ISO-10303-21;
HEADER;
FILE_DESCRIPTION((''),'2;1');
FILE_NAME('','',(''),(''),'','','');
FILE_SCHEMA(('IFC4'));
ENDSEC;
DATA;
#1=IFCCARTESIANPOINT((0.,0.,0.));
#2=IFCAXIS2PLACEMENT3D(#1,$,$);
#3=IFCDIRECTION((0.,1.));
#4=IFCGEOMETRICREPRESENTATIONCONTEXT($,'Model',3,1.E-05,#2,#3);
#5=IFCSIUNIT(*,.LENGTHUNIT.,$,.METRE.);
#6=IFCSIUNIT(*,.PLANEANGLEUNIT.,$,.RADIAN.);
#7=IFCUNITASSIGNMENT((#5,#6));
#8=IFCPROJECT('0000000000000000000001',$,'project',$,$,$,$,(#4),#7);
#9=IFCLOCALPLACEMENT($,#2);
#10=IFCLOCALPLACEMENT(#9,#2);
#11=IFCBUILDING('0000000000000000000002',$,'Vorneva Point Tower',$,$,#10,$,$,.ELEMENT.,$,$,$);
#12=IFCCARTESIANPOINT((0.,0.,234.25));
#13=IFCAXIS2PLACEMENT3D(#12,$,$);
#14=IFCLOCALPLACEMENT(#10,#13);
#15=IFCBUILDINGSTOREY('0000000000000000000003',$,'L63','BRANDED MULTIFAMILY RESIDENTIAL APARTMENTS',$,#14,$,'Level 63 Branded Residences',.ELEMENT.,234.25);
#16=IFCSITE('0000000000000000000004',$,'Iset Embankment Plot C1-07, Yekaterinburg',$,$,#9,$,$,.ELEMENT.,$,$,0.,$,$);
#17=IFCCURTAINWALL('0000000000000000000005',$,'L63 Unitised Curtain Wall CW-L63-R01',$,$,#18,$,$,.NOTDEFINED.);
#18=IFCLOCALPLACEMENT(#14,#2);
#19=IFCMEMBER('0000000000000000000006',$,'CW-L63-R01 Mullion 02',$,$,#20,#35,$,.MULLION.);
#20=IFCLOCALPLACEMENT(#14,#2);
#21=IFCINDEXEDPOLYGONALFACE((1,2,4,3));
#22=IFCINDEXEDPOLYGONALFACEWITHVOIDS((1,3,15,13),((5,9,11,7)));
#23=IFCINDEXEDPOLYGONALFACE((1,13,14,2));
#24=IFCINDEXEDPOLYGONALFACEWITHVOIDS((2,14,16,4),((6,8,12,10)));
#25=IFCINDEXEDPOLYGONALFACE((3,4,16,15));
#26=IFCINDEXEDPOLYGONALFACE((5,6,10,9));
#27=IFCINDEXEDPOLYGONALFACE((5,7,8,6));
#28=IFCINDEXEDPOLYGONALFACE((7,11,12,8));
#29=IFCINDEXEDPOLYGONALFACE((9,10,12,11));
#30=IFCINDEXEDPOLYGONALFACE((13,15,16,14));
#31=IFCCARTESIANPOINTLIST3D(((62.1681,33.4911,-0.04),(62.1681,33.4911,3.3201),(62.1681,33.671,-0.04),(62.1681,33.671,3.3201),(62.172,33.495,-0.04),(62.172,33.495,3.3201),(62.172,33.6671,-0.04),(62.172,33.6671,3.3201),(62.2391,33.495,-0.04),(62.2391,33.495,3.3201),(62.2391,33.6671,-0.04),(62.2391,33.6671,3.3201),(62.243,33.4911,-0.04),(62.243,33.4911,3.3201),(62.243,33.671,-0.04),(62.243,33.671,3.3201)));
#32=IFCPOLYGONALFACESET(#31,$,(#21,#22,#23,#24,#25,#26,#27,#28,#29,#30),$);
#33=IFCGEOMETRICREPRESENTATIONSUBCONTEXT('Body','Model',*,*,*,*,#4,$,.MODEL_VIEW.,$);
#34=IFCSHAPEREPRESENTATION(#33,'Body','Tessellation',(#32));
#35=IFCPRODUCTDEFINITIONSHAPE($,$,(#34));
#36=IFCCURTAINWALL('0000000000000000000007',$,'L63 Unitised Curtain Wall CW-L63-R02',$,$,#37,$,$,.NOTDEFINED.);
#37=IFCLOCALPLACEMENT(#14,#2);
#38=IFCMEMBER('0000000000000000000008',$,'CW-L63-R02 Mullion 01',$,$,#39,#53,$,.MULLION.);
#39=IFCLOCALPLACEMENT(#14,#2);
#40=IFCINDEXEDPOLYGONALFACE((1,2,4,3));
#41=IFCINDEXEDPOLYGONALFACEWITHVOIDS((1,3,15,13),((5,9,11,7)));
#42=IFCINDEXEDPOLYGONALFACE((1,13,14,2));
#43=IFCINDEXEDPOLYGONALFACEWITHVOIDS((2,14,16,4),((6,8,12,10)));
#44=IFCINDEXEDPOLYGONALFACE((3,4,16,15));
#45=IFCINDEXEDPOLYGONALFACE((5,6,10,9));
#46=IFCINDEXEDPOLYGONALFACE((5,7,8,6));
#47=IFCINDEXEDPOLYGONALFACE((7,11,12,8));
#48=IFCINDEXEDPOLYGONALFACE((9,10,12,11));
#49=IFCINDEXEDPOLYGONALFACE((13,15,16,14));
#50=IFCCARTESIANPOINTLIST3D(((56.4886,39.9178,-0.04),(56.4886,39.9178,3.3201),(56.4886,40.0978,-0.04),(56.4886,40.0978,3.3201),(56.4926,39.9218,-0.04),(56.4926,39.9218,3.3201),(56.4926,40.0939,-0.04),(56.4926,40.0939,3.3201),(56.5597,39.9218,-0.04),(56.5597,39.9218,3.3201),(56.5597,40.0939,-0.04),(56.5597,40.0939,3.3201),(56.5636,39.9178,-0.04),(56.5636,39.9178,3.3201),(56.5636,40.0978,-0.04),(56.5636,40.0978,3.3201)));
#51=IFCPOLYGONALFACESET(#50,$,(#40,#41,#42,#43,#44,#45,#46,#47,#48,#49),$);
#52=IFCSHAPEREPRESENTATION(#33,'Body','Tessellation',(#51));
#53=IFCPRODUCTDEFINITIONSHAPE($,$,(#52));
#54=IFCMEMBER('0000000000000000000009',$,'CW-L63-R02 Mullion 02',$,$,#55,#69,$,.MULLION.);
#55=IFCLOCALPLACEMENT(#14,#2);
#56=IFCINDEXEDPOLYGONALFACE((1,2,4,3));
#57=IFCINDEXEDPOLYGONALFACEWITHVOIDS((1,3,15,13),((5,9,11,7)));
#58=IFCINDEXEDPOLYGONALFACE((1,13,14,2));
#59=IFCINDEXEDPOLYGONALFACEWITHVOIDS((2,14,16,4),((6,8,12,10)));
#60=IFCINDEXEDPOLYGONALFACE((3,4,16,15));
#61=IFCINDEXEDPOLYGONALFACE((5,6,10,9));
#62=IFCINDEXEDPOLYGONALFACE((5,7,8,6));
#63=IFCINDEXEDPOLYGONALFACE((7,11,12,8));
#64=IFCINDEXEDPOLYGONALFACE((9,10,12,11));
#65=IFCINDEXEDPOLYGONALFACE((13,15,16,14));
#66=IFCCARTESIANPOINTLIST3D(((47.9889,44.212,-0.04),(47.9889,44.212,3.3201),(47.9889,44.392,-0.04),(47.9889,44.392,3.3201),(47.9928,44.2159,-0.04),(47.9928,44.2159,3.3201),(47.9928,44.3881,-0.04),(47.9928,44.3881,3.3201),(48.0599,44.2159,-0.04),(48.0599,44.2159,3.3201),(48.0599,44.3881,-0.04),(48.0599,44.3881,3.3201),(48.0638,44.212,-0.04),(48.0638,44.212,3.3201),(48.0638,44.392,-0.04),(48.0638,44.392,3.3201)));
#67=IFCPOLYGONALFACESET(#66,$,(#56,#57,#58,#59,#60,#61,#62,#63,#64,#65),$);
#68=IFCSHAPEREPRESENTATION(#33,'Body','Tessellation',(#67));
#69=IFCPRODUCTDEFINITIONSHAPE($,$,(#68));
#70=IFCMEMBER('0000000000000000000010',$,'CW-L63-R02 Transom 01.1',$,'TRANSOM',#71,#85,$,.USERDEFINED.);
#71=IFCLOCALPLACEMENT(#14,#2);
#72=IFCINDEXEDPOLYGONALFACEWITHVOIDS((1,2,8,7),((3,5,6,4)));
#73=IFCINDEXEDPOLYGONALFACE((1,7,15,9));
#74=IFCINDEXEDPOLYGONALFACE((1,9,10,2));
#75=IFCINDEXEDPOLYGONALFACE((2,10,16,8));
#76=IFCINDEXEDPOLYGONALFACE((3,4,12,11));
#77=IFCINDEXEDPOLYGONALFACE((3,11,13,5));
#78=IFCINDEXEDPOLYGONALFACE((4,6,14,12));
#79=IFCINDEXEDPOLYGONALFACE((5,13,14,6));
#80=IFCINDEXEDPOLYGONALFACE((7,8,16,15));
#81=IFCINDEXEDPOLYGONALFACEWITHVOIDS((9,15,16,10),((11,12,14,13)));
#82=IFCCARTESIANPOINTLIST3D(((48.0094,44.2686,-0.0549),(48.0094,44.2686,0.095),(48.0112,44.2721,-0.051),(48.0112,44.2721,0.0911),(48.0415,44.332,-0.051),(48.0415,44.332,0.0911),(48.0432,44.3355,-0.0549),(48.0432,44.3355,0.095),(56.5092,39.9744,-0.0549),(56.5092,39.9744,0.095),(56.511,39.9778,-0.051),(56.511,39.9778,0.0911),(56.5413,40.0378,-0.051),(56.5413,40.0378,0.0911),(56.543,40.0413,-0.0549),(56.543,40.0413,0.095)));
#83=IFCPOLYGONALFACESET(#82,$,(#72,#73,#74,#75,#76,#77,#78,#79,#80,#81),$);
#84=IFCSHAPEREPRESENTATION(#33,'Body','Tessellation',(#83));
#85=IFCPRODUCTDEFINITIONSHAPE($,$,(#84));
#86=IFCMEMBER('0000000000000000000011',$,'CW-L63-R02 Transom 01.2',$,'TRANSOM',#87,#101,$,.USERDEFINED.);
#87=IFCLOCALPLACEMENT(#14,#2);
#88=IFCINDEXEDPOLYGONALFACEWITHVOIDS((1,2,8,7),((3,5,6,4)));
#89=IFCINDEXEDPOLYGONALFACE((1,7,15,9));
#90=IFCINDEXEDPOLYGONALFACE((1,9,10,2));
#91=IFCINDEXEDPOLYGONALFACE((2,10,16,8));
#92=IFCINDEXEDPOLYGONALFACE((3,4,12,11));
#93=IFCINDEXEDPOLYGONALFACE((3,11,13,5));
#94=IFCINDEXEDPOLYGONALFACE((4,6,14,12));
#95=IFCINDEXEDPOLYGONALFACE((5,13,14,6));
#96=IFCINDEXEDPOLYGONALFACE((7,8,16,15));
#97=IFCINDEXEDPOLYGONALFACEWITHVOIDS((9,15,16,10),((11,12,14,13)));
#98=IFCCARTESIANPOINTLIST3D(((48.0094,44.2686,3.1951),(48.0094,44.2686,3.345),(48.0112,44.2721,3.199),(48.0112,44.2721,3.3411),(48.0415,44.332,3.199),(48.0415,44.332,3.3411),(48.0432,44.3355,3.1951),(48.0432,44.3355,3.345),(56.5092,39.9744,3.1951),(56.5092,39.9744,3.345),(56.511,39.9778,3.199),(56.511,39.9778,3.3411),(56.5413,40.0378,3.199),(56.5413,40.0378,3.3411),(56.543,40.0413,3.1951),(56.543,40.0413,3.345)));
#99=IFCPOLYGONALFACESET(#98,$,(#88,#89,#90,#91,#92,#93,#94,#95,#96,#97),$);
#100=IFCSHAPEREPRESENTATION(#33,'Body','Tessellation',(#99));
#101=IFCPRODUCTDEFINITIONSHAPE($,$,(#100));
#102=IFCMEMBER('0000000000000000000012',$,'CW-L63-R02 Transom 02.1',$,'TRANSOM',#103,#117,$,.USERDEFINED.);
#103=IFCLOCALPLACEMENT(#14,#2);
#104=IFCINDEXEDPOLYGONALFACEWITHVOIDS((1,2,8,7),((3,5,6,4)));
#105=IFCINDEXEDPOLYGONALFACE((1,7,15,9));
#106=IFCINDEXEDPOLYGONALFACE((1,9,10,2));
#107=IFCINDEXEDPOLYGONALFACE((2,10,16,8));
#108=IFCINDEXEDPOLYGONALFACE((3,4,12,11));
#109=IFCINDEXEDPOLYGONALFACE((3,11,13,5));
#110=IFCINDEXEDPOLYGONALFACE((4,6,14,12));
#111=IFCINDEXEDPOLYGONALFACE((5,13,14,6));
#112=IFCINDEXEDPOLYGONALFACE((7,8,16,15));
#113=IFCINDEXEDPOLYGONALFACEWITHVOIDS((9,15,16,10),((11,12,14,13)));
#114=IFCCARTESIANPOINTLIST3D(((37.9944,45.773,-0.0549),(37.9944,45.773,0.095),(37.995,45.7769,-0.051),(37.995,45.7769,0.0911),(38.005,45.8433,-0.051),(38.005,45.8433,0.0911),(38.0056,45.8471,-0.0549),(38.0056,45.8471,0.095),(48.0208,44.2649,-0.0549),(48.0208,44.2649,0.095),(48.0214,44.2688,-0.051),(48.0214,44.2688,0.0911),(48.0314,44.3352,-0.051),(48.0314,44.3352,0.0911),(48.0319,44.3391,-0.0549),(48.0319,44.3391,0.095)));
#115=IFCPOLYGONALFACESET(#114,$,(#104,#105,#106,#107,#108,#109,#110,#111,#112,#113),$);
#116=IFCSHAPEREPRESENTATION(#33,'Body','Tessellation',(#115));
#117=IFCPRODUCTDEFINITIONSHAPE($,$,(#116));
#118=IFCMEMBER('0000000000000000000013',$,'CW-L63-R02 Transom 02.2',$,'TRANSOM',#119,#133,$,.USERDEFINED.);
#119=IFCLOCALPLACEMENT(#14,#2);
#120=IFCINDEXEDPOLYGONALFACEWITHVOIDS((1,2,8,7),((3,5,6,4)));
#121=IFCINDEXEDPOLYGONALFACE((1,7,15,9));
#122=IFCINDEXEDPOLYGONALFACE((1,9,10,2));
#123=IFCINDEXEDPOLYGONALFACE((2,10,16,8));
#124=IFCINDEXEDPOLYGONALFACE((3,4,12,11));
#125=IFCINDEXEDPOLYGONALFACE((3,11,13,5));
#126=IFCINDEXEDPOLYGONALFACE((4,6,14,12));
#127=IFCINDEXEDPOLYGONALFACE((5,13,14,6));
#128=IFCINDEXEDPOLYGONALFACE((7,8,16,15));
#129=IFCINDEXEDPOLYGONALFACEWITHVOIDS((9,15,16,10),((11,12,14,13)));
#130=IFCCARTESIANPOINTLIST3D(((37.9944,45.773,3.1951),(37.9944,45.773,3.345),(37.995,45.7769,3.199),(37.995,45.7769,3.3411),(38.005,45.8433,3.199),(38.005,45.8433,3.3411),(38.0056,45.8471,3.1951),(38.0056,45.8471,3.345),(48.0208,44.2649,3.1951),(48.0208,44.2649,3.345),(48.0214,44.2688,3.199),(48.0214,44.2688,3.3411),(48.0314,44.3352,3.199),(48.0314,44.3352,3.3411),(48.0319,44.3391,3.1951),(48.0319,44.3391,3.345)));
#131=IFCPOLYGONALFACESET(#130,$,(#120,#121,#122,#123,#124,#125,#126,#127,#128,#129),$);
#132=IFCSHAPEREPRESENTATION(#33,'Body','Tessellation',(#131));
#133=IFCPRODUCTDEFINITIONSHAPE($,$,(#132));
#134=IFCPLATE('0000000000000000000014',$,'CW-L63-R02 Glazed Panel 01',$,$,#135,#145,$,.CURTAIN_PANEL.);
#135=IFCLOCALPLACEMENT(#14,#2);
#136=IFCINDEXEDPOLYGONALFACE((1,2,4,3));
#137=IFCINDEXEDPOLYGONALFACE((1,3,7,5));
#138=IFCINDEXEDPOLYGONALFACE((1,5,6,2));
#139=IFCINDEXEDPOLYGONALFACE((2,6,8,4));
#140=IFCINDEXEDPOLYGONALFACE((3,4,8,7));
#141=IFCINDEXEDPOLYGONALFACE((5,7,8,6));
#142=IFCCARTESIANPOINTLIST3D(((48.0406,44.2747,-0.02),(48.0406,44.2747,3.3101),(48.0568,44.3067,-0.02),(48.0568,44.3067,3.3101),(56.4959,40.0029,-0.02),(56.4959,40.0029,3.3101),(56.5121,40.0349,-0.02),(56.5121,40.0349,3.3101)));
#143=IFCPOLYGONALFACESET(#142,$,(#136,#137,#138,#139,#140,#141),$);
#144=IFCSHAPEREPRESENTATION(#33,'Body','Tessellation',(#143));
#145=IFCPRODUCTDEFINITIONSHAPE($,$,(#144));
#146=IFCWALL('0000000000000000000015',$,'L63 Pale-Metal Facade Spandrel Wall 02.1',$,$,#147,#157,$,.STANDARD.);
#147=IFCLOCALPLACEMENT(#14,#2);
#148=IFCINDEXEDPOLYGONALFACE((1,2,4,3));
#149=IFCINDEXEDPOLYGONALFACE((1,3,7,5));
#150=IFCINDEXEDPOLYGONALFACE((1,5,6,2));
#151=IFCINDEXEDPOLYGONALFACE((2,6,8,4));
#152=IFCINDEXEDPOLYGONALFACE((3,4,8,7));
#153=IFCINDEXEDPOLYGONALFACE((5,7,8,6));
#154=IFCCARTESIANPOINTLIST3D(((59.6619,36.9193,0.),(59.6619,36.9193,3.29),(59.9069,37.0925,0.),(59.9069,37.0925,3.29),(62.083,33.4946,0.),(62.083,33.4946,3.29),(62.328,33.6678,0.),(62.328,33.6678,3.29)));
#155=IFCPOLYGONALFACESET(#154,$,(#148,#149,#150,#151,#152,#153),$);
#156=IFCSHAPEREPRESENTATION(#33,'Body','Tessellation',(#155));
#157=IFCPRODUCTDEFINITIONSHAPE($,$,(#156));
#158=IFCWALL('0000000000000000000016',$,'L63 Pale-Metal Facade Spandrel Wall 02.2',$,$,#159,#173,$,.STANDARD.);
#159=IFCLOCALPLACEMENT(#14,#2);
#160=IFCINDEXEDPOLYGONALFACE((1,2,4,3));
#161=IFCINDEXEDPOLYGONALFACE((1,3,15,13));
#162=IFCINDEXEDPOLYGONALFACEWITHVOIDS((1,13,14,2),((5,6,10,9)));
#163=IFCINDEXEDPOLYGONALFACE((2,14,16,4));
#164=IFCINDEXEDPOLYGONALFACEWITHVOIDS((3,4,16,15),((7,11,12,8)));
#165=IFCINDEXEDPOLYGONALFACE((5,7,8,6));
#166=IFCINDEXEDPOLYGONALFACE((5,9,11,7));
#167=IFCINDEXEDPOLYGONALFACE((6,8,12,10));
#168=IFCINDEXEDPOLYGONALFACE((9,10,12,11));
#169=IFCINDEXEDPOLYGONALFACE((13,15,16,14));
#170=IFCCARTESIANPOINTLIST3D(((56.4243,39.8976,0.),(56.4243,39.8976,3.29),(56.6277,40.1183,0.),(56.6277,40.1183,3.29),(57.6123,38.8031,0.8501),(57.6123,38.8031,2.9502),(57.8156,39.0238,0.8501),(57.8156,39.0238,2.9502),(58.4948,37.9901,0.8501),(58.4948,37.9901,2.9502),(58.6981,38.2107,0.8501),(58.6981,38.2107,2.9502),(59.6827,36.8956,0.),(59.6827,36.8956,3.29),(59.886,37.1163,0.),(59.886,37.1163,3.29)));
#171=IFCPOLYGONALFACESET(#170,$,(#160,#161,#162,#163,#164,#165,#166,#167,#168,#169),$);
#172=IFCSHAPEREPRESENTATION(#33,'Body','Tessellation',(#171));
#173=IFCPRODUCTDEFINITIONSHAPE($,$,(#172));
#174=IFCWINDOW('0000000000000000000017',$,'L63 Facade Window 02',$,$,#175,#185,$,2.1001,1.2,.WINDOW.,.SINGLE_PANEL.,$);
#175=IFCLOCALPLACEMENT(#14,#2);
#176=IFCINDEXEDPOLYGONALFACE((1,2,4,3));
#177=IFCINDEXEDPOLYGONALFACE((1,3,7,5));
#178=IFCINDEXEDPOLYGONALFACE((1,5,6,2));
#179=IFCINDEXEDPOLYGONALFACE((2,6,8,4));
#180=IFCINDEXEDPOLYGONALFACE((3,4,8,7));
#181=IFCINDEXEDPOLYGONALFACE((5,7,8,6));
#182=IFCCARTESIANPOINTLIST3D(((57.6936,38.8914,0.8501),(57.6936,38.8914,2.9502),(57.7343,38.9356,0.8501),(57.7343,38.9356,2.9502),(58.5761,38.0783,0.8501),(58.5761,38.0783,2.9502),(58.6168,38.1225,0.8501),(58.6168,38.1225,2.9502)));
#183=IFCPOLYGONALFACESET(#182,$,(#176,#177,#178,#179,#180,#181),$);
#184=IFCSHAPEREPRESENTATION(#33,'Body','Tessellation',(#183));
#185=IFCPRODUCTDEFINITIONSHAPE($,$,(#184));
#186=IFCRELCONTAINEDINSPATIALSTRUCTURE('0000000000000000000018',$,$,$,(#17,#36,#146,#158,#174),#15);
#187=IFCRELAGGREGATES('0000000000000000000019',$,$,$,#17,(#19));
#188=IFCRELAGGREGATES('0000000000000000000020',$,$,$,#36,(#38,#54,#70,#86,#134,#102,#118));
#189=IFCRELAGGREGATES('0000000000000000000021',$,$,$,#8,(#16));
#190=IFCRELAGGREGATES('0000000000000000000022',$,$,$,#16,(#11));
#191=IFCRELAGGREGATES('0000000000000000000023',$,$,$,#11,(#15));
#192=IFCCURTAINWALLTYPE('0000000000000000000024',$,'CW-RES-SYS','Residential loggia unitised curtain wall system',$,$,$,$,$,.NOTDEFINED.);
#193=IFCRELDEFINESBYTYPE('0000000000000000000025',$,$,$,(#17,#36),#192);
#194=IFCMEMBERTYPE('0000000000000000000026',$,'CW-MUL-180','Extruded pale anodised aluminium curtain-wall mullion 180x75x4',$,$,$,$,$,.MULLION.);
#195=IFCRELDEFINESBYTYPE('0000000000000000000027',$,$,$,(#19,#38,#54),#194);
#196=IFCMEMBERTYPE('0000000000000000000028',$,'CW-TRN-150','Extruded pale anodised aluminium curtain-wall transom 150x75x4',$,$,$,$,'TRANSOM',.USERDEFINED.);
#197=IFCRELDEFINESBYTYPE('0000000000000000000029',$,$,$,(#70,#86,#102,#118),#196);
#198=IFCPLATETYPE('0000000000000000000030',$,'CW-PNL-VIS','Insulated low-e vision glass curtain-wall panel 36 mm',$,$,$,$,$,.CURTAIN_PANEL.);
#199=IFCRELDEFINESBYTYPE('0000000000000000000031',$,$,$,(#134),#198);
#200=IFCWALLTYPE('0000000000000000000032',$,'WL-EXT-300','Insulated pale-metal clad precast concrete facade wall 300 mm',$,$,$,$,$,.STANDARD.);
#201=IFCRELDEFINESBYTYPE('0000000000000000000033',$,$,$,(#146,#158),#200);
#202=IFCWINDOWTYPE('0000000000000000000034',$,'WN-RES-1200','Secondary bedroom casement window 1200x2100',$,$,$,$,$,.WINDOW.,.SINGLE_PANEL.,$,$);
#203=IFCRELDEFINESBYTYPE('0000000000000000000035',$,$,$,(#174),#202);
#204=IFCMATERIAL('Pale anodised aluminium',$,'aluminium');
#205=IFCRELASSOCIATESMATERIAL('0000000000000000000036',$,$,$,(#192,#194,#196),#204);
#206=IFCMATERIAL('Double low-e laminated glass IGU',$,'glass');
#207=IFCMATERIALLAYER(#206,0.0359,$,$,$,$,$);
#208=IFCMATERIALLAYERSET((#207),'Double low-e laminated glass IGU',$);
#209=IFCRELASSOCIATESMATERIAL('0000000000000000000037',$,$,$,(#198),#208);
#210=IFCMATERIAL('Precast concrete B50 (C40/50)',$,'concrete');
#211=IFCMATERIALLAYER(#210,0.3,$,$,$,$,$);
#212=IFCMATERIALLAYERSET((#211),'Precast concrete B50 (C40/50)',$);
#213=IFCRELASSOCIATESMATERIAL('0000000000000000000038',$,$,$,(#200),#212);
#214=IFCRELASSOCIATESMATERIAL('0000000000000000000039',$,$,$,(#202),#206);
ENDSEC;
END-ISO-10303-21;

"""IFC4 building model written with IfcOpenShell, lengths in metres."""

from ifc_helpers import new_model, si_unit, direction, frame, frame_2d, origin, origin_2d, place, context, subcontext, project, spatial, rectangle, hollow_rectangle, extrude, material, layer, layer_set, material_profile, profile_set, type_object, element, fill, aggregate, save


model = new_model("IFC4")

# Units and contexts
model_context = context("Model", 3, precision=1e-05, world=origin(), true_north=direction((0.0, 1.0)))
body_context = subcontext(model_context, "Body", "Model", "MODEL_VIEW")
ifc_project = project(units=[si_unit("LENGTHUNIT", "METRE"), si_unit("PLANEANGLEUNIT", "RADIAN")], contexts=[model_context])

# Site, building, storey
site_placement = place(None, origin())
site = spatial("IfcSite", under=ifc_project, at=site_placement, Name="Iset Embankment Plot C1-07, Yekaterinburg", CompositionType="ELEMENT", RefElevation=0.0)
building_placement = place(site_placement, origin())
building = spatial("IfcBuilding", under=site, at=building_placement, Name="Vorneva Point Tower", CompositionType="ELEMENT")
storey_placement = place(building_placement, frame((0.0, 0.0, 234.25)))
storey = spatial("IfcBuildingStorey", under=building, at=storey_placement, Name="L63", Description="BRANDED MULTIFAMILY RESIDENTIAL APARTMENTS", LongName="Level 63 Branded Residences", CompositionType="ELEMENT", Elevation=234.25)

# Curtain wall, member
ifc_material_1 = material(Name="Pale anodised aluminium", Category="aluminium")
curtain_wall_type = type_object("IfcCurtainWallType", Name="CW-RES-SYS", Description="Residential loggia unitised curtain wall system", PredefinedType="NOTDEFINED", material=ifc_material_1)
curtain_wall_1_placement = place(storey_placement, origin())
curtain_wall_1 = element("IfcCurtainWall", 1, at=curtain_wall_1_placement, inside=storey, type_object=curtain_wall_type, Name="L63 Unitised Curtain Wall CW-L63-R01", PredefinedType="NOTDEFINED")
ifc_material_profile_1 = material_profile(ifc_material_1, hollow_rectangle(XDim=0.075, YDim=0.1799, WallThickness=0.0039, at=origin_2d()), Name="AL-MUL 180x75x4")
ifc_profile_set_1 = profile_set([ifc_material_profile_1], Name="Pale anodised aluminium")
member_type_1 = type_object("IfcMemberType", Name="CW-MUL-180", Description="Extruded pale anodised aluminium curtain-wall mullion 180x75x4", PredefinedType="MULLION", material=ifc_profile_set_1)
member_1_placement = place(storey_placement, frame((62.2056, 33.5811, -0.04), z_axis=(0.0, 0.0, 1.0), x_axis=(1.0, 0.0, 0.0)))
member_1 = element("IfcMember", 2, at=member_1_placement, type_object=member_type_1, Name="CW-L63-R01 Mullion 02", PredefinedType="MULLION", context=body_context, shape_type="SweptSolid", body=[
    extrude(hollow_rectangle(XDim=0.075, YDim=0.1799, WallThickness=0.0039, at=origin_2d()), origin(), (0.0, 0.0, 1.0), 3.3601),
])
aggregate(curtain_wall_1, [member_1])

# Curtain wall, members, plate
curtain_wall_2_placement = place(storey_placement, origin())
curtain_wall_2 = element("IfcCurtainWall", 3, at=curtain_wall_2_placement, inside=storey, type_object=curtain_wall_type, Name="L63 Unitised Curtain Wall CW-L63-R02", PredefinedType="NOTDEFINED")
member_2_placement = place(storey_placement, frame((56.5261, 40.0078, -0.04), z_axis=(0.0, 0.0, 1.0), x_axis=(1.0, 0.0, 0.0)))
member_2 = element("IfcMember", 4, at=member_2_placement, type_object=member_type_1, Name="CW-L63-R02 Mullion 01", PredefinedType="MULLION", context=body_context, shape_type="SweptSolid", body=[
    extrude(hollow_rectangle(XDim=0.075, YDim=0.1799, WallThickness=0.0039, at=origin_2d()), origin(), (0.0, 0.0, 1.0), 3.3601),
])
member_3_placement = place(storey_placement, frame((48.0264, 44.302, -0.04), z_axis=(0.0, 0.0, 1.0), x_axis=(1.0, 0.0, 0.0)))
member_3 = element("IfcMember", 5, at=member_3_placement, type_object=member_type_1, Name="CW-L63-R02 Mullion 02", PredefinedType="MULLION", context=body_context, shape_type="SweptSolid", body=[
    extrude(hollow_rectangle(XDim=0.075, YDim=0.1799, WallThickness=0.0039, at=origin_2d()), origin(), (0.0, 0.0, 1.0), 3.3601),
])
ifc_material_profile_2 = material_profile(ifc_material_1, hollow_rectangle(XDim=0.075, YDim=0.1499, WallThickness=0.0039, at=origin_2d()), Name="AL-TRN 150x75x4")
ifc_profile_set_2 = profile_set([ifc_material_profile_2], Name="Pale anodised aluminium")
member_type_2 = type_object("IfcMemberType", Name="CW-TRN-150", Description="Extruded pale anodised aluminium curtain-wall transom 150x75x4", ElementType="TRANSOM", PredefinedType="USERDEFINED", material=ifc_profile_set_2)
member_4_placement = place(storey_placement, frame((56.5261, 40.0078, 0.02), z_axis=(-0.892558, 0.450932, 0.0), x_axis=(-0.450932, -0.892558, 0.0)))
member_4 = element("IfcMember", 6, at=member_4_placement, type_object=member_type_2, Name="CW-L63-R02 Transom 01.1", ObjectType="TRANSOM", PredefinedType="USERDEFINED", context=body_context, shape_type="SweptSolid", body=[
    extrude(hollow_rectangle(XDim=0.075, YDim=0.1499, WallThickness=0.0039, at=origin_2d()), origin(), (0.0, 0.0, 1.0), 9.5229),
])
member_5_placement = place(storey_placement, frame((56.5261, 40.0078, 3.27), z_axis=(-0.892558, 0.450932, 0.0), x_axis=(-0.450932, -0.892558, 0.0)))
member_5 = element("IfcMember", 7, at=member_5_placement, type_object=member_type_2, Name="CW-L63-R02 Transom 01.2", ObjectType="TRANSOM", PredefinedType="USERDEFINED", context=body_context, shape_type="SweptSolid", body=[
    extrude(hollow_rectangle(XDim=0.075, YDim=0.1499, WallThickness=0.0039, at=origin_2d()), origin(), (0.0, 0.0, 1.0), 9.5229),
])
member_6_placement = place(storey_placement, frame((48.0264, 44.302, 0.02), z_axis=(-0.988877, 0.148736, 0.0), x_axis=(-0.148736, -0.988877, 0.0)))
member_6 = element("IfcMember", 8, at=member_6_placement, type_object=member_type_2, Name="CW-L63-R02 Transom 02.1", ObjectType="TRANSOM", PredefinedType="USERDEFINED", context=body_context, shape_type="SweptSolid", body=[
    extrude(hollow_rectangle(XDim=0.075, YDim=0.1499, WallThickness=0.0039, at=origin_2d()), origin(), (0.0, 0.0, 1.0), 10.1392),
])
member_7_placement = place(storey_placement, frame((48.0264, 44.302, 3.27), z_axis=(-0.988877, 0.148736, 0.0), x_axis=(-0.148736, -0.988877, 0.0)))
member_7 = element("IfcMember", 9, at=member_7_placement, type_object=member_type_2, Name="CW-L63-R02 Transom 02.2", ObjectType="TRANSOM", PredefinedType="USERDEFINED", context=body_context, shape_type="SweptSolid", body=[
    extrude(hollow_rectangle(XDim=0.075, YDim=0.1499, WallThickness=0.0039, at=origin_2d()), origin(), (0.0, 0.0, 1.0), 10.1392),
])
ifc_material_2 = material(Name="Double low-e laminated glass IGU", Category="glass")
ifc_layer_1 = layer(ifc_material_2, 0.0359)
ifc_layer_set_1 = layer_set([ifc_layer_1], Name="Double low-e laminated glass IGU")
plate_type = type_object("IfcPlateType", Name="CW-PNL-VIS", Description="Insulated low-e vision glass curtain-wall panel 36 mm", PredefinedType="CURTAIN_PANEL", material=ifc_layer_set_1)
plate_placement = place(storey_placement, frame((52.2764, 42.1548, -0.02), z_axis=(0.0, 0.0, 1.0), x_axis=(-0.892554, 0.45094, 0.0)))
plate = element("IfcPlate", 10, at=plate_placement, type_object=plate_type, Name="CW-L63-R02 Glazed Panel 01", PredefinedType="CURTAIN_PANEL", context=body_context, shape_type="SweptSolid", body=[
    extrude(rectangle(XDim=9.4731, YDim=0.0359, at=origin_2d()), origin(), (0.0, 0.0, 1.0), 3.3301),
])
aggregate(curtain_wall_2, [member_2, member_3, member_4, member_5, plate, member_6, member_7])

# Wall
ifc_material_3 = material(Name="Precast concrete B50 (C40/50)", Category="concrete")
ifc_layer_2 = layer(ifc_material_3, 0.3)
ifc_layer_set_2 = layer_set([ifc_layer_2], Name="Precast concrete B50 (C40/50)")
wall_type_1 = type_object("IfcWallType", Name="WL-EXT-300", Description="Insulated pale-metal clad precast concrete facade wall 300 mm", PredefinedType="STANDARD", material=ifc_layer_set_2)
wall_1_placement = place(storey_placement, frame((62.2056, 33.5811, 0.0), z_axis=(0.0, 0.0, 1.0), x_axis=(-0.577261, 0.81656, 0.0)))
element("IfcWall", 11, at=wall_1_placement, inside=storey, type_object=wall_type_1, Name="L63 Pale-Metal Facade Spandrel Wall 02.1", PredefinedType="STANDARD", context=body_context, shape_type="SweptSolid", body=[
    extrude(rectangle(XDim=4.1941, YDim=0.3, at=frame_2d((2.0972, 0.0))), origin(), (0.0, 0.0, 1.0), 3.29),
])

# Wall, opening, window
wall_2_placement = place(storey_placement, frame((59.7844, 37.0059, 0.0), z_axis=(0.0, 0.0, 1.0), x_axis=(-0.735445, 0.677584, 0.0)))
wall_2 = element("IfcWall", 12, at=wall_2_placement, inside=storey, type_object=wall_type_1, Name="L63 Pale-Metal Facade Spandrel Wall 02.2", PredefinedType="STANDARD", context=body_context, shape_type="SweptSolid", body=[
    extrude(rectangle(XDim=4.4304, YDim=0.3, at=frame_2d((2.2153, 0.0))), origin(), (0.0, 0.0, 1.0), 3.29),
])
opening_placement = place(wall_2_placement, frame((1.6152, 0.0, 0.8501)))
opening = element("IfcOpeningElement", 13, at=opening_placement, cuts=wall_2, PredefinedType="OPENING", context=body_context, shape_type="SweptSolid", body=[
    extrude(rectangle(XDim=1.2, YDim=2.1001, at=frame_2d((0.6001, 1.05))), frame((0.0, 0.165, 0.0), z_axis=(0.0, -1.0, 0.0), x_axis=(1.0, 0.0, 0.0)), (0.0, 0.0, 1.0), 0.3298),
])
window_type = type_object("IfcWindowType", Name="WN-RES-1200", Description="Secondary bedroom casement window 1200x2100", PartitioningType="SINGLE_PANEL", PredefinedType="WINDOW", material=ifc_material_2)
window_placement = place(opening_placement, origin())
window = element("IfcWindow", 14, at=window_placement, inside=storey, type_object=window_type, Name="L63 Facade Window 02", OverallHeight=2.1001, OverallWidth=1.2, PartitioningType="SINGLE_PANEL", PredefinedType="WINDOW", context=body_context, shape_type="SweptSolid", body=[
    extrude(rectangle(XDim=1.2, YDim=2.1001, at=frame_2d((0.6001, 1.05))), frame((0.0, 0.03, 0.0), z_axis=(0.0, -1.0, 0.0), x_axis=(1.0, 0.0, 0.0)), (0.0, 0.0, 1.0), 0.0601),
])
fill(opening, window)

save(model, "model.ifc")
